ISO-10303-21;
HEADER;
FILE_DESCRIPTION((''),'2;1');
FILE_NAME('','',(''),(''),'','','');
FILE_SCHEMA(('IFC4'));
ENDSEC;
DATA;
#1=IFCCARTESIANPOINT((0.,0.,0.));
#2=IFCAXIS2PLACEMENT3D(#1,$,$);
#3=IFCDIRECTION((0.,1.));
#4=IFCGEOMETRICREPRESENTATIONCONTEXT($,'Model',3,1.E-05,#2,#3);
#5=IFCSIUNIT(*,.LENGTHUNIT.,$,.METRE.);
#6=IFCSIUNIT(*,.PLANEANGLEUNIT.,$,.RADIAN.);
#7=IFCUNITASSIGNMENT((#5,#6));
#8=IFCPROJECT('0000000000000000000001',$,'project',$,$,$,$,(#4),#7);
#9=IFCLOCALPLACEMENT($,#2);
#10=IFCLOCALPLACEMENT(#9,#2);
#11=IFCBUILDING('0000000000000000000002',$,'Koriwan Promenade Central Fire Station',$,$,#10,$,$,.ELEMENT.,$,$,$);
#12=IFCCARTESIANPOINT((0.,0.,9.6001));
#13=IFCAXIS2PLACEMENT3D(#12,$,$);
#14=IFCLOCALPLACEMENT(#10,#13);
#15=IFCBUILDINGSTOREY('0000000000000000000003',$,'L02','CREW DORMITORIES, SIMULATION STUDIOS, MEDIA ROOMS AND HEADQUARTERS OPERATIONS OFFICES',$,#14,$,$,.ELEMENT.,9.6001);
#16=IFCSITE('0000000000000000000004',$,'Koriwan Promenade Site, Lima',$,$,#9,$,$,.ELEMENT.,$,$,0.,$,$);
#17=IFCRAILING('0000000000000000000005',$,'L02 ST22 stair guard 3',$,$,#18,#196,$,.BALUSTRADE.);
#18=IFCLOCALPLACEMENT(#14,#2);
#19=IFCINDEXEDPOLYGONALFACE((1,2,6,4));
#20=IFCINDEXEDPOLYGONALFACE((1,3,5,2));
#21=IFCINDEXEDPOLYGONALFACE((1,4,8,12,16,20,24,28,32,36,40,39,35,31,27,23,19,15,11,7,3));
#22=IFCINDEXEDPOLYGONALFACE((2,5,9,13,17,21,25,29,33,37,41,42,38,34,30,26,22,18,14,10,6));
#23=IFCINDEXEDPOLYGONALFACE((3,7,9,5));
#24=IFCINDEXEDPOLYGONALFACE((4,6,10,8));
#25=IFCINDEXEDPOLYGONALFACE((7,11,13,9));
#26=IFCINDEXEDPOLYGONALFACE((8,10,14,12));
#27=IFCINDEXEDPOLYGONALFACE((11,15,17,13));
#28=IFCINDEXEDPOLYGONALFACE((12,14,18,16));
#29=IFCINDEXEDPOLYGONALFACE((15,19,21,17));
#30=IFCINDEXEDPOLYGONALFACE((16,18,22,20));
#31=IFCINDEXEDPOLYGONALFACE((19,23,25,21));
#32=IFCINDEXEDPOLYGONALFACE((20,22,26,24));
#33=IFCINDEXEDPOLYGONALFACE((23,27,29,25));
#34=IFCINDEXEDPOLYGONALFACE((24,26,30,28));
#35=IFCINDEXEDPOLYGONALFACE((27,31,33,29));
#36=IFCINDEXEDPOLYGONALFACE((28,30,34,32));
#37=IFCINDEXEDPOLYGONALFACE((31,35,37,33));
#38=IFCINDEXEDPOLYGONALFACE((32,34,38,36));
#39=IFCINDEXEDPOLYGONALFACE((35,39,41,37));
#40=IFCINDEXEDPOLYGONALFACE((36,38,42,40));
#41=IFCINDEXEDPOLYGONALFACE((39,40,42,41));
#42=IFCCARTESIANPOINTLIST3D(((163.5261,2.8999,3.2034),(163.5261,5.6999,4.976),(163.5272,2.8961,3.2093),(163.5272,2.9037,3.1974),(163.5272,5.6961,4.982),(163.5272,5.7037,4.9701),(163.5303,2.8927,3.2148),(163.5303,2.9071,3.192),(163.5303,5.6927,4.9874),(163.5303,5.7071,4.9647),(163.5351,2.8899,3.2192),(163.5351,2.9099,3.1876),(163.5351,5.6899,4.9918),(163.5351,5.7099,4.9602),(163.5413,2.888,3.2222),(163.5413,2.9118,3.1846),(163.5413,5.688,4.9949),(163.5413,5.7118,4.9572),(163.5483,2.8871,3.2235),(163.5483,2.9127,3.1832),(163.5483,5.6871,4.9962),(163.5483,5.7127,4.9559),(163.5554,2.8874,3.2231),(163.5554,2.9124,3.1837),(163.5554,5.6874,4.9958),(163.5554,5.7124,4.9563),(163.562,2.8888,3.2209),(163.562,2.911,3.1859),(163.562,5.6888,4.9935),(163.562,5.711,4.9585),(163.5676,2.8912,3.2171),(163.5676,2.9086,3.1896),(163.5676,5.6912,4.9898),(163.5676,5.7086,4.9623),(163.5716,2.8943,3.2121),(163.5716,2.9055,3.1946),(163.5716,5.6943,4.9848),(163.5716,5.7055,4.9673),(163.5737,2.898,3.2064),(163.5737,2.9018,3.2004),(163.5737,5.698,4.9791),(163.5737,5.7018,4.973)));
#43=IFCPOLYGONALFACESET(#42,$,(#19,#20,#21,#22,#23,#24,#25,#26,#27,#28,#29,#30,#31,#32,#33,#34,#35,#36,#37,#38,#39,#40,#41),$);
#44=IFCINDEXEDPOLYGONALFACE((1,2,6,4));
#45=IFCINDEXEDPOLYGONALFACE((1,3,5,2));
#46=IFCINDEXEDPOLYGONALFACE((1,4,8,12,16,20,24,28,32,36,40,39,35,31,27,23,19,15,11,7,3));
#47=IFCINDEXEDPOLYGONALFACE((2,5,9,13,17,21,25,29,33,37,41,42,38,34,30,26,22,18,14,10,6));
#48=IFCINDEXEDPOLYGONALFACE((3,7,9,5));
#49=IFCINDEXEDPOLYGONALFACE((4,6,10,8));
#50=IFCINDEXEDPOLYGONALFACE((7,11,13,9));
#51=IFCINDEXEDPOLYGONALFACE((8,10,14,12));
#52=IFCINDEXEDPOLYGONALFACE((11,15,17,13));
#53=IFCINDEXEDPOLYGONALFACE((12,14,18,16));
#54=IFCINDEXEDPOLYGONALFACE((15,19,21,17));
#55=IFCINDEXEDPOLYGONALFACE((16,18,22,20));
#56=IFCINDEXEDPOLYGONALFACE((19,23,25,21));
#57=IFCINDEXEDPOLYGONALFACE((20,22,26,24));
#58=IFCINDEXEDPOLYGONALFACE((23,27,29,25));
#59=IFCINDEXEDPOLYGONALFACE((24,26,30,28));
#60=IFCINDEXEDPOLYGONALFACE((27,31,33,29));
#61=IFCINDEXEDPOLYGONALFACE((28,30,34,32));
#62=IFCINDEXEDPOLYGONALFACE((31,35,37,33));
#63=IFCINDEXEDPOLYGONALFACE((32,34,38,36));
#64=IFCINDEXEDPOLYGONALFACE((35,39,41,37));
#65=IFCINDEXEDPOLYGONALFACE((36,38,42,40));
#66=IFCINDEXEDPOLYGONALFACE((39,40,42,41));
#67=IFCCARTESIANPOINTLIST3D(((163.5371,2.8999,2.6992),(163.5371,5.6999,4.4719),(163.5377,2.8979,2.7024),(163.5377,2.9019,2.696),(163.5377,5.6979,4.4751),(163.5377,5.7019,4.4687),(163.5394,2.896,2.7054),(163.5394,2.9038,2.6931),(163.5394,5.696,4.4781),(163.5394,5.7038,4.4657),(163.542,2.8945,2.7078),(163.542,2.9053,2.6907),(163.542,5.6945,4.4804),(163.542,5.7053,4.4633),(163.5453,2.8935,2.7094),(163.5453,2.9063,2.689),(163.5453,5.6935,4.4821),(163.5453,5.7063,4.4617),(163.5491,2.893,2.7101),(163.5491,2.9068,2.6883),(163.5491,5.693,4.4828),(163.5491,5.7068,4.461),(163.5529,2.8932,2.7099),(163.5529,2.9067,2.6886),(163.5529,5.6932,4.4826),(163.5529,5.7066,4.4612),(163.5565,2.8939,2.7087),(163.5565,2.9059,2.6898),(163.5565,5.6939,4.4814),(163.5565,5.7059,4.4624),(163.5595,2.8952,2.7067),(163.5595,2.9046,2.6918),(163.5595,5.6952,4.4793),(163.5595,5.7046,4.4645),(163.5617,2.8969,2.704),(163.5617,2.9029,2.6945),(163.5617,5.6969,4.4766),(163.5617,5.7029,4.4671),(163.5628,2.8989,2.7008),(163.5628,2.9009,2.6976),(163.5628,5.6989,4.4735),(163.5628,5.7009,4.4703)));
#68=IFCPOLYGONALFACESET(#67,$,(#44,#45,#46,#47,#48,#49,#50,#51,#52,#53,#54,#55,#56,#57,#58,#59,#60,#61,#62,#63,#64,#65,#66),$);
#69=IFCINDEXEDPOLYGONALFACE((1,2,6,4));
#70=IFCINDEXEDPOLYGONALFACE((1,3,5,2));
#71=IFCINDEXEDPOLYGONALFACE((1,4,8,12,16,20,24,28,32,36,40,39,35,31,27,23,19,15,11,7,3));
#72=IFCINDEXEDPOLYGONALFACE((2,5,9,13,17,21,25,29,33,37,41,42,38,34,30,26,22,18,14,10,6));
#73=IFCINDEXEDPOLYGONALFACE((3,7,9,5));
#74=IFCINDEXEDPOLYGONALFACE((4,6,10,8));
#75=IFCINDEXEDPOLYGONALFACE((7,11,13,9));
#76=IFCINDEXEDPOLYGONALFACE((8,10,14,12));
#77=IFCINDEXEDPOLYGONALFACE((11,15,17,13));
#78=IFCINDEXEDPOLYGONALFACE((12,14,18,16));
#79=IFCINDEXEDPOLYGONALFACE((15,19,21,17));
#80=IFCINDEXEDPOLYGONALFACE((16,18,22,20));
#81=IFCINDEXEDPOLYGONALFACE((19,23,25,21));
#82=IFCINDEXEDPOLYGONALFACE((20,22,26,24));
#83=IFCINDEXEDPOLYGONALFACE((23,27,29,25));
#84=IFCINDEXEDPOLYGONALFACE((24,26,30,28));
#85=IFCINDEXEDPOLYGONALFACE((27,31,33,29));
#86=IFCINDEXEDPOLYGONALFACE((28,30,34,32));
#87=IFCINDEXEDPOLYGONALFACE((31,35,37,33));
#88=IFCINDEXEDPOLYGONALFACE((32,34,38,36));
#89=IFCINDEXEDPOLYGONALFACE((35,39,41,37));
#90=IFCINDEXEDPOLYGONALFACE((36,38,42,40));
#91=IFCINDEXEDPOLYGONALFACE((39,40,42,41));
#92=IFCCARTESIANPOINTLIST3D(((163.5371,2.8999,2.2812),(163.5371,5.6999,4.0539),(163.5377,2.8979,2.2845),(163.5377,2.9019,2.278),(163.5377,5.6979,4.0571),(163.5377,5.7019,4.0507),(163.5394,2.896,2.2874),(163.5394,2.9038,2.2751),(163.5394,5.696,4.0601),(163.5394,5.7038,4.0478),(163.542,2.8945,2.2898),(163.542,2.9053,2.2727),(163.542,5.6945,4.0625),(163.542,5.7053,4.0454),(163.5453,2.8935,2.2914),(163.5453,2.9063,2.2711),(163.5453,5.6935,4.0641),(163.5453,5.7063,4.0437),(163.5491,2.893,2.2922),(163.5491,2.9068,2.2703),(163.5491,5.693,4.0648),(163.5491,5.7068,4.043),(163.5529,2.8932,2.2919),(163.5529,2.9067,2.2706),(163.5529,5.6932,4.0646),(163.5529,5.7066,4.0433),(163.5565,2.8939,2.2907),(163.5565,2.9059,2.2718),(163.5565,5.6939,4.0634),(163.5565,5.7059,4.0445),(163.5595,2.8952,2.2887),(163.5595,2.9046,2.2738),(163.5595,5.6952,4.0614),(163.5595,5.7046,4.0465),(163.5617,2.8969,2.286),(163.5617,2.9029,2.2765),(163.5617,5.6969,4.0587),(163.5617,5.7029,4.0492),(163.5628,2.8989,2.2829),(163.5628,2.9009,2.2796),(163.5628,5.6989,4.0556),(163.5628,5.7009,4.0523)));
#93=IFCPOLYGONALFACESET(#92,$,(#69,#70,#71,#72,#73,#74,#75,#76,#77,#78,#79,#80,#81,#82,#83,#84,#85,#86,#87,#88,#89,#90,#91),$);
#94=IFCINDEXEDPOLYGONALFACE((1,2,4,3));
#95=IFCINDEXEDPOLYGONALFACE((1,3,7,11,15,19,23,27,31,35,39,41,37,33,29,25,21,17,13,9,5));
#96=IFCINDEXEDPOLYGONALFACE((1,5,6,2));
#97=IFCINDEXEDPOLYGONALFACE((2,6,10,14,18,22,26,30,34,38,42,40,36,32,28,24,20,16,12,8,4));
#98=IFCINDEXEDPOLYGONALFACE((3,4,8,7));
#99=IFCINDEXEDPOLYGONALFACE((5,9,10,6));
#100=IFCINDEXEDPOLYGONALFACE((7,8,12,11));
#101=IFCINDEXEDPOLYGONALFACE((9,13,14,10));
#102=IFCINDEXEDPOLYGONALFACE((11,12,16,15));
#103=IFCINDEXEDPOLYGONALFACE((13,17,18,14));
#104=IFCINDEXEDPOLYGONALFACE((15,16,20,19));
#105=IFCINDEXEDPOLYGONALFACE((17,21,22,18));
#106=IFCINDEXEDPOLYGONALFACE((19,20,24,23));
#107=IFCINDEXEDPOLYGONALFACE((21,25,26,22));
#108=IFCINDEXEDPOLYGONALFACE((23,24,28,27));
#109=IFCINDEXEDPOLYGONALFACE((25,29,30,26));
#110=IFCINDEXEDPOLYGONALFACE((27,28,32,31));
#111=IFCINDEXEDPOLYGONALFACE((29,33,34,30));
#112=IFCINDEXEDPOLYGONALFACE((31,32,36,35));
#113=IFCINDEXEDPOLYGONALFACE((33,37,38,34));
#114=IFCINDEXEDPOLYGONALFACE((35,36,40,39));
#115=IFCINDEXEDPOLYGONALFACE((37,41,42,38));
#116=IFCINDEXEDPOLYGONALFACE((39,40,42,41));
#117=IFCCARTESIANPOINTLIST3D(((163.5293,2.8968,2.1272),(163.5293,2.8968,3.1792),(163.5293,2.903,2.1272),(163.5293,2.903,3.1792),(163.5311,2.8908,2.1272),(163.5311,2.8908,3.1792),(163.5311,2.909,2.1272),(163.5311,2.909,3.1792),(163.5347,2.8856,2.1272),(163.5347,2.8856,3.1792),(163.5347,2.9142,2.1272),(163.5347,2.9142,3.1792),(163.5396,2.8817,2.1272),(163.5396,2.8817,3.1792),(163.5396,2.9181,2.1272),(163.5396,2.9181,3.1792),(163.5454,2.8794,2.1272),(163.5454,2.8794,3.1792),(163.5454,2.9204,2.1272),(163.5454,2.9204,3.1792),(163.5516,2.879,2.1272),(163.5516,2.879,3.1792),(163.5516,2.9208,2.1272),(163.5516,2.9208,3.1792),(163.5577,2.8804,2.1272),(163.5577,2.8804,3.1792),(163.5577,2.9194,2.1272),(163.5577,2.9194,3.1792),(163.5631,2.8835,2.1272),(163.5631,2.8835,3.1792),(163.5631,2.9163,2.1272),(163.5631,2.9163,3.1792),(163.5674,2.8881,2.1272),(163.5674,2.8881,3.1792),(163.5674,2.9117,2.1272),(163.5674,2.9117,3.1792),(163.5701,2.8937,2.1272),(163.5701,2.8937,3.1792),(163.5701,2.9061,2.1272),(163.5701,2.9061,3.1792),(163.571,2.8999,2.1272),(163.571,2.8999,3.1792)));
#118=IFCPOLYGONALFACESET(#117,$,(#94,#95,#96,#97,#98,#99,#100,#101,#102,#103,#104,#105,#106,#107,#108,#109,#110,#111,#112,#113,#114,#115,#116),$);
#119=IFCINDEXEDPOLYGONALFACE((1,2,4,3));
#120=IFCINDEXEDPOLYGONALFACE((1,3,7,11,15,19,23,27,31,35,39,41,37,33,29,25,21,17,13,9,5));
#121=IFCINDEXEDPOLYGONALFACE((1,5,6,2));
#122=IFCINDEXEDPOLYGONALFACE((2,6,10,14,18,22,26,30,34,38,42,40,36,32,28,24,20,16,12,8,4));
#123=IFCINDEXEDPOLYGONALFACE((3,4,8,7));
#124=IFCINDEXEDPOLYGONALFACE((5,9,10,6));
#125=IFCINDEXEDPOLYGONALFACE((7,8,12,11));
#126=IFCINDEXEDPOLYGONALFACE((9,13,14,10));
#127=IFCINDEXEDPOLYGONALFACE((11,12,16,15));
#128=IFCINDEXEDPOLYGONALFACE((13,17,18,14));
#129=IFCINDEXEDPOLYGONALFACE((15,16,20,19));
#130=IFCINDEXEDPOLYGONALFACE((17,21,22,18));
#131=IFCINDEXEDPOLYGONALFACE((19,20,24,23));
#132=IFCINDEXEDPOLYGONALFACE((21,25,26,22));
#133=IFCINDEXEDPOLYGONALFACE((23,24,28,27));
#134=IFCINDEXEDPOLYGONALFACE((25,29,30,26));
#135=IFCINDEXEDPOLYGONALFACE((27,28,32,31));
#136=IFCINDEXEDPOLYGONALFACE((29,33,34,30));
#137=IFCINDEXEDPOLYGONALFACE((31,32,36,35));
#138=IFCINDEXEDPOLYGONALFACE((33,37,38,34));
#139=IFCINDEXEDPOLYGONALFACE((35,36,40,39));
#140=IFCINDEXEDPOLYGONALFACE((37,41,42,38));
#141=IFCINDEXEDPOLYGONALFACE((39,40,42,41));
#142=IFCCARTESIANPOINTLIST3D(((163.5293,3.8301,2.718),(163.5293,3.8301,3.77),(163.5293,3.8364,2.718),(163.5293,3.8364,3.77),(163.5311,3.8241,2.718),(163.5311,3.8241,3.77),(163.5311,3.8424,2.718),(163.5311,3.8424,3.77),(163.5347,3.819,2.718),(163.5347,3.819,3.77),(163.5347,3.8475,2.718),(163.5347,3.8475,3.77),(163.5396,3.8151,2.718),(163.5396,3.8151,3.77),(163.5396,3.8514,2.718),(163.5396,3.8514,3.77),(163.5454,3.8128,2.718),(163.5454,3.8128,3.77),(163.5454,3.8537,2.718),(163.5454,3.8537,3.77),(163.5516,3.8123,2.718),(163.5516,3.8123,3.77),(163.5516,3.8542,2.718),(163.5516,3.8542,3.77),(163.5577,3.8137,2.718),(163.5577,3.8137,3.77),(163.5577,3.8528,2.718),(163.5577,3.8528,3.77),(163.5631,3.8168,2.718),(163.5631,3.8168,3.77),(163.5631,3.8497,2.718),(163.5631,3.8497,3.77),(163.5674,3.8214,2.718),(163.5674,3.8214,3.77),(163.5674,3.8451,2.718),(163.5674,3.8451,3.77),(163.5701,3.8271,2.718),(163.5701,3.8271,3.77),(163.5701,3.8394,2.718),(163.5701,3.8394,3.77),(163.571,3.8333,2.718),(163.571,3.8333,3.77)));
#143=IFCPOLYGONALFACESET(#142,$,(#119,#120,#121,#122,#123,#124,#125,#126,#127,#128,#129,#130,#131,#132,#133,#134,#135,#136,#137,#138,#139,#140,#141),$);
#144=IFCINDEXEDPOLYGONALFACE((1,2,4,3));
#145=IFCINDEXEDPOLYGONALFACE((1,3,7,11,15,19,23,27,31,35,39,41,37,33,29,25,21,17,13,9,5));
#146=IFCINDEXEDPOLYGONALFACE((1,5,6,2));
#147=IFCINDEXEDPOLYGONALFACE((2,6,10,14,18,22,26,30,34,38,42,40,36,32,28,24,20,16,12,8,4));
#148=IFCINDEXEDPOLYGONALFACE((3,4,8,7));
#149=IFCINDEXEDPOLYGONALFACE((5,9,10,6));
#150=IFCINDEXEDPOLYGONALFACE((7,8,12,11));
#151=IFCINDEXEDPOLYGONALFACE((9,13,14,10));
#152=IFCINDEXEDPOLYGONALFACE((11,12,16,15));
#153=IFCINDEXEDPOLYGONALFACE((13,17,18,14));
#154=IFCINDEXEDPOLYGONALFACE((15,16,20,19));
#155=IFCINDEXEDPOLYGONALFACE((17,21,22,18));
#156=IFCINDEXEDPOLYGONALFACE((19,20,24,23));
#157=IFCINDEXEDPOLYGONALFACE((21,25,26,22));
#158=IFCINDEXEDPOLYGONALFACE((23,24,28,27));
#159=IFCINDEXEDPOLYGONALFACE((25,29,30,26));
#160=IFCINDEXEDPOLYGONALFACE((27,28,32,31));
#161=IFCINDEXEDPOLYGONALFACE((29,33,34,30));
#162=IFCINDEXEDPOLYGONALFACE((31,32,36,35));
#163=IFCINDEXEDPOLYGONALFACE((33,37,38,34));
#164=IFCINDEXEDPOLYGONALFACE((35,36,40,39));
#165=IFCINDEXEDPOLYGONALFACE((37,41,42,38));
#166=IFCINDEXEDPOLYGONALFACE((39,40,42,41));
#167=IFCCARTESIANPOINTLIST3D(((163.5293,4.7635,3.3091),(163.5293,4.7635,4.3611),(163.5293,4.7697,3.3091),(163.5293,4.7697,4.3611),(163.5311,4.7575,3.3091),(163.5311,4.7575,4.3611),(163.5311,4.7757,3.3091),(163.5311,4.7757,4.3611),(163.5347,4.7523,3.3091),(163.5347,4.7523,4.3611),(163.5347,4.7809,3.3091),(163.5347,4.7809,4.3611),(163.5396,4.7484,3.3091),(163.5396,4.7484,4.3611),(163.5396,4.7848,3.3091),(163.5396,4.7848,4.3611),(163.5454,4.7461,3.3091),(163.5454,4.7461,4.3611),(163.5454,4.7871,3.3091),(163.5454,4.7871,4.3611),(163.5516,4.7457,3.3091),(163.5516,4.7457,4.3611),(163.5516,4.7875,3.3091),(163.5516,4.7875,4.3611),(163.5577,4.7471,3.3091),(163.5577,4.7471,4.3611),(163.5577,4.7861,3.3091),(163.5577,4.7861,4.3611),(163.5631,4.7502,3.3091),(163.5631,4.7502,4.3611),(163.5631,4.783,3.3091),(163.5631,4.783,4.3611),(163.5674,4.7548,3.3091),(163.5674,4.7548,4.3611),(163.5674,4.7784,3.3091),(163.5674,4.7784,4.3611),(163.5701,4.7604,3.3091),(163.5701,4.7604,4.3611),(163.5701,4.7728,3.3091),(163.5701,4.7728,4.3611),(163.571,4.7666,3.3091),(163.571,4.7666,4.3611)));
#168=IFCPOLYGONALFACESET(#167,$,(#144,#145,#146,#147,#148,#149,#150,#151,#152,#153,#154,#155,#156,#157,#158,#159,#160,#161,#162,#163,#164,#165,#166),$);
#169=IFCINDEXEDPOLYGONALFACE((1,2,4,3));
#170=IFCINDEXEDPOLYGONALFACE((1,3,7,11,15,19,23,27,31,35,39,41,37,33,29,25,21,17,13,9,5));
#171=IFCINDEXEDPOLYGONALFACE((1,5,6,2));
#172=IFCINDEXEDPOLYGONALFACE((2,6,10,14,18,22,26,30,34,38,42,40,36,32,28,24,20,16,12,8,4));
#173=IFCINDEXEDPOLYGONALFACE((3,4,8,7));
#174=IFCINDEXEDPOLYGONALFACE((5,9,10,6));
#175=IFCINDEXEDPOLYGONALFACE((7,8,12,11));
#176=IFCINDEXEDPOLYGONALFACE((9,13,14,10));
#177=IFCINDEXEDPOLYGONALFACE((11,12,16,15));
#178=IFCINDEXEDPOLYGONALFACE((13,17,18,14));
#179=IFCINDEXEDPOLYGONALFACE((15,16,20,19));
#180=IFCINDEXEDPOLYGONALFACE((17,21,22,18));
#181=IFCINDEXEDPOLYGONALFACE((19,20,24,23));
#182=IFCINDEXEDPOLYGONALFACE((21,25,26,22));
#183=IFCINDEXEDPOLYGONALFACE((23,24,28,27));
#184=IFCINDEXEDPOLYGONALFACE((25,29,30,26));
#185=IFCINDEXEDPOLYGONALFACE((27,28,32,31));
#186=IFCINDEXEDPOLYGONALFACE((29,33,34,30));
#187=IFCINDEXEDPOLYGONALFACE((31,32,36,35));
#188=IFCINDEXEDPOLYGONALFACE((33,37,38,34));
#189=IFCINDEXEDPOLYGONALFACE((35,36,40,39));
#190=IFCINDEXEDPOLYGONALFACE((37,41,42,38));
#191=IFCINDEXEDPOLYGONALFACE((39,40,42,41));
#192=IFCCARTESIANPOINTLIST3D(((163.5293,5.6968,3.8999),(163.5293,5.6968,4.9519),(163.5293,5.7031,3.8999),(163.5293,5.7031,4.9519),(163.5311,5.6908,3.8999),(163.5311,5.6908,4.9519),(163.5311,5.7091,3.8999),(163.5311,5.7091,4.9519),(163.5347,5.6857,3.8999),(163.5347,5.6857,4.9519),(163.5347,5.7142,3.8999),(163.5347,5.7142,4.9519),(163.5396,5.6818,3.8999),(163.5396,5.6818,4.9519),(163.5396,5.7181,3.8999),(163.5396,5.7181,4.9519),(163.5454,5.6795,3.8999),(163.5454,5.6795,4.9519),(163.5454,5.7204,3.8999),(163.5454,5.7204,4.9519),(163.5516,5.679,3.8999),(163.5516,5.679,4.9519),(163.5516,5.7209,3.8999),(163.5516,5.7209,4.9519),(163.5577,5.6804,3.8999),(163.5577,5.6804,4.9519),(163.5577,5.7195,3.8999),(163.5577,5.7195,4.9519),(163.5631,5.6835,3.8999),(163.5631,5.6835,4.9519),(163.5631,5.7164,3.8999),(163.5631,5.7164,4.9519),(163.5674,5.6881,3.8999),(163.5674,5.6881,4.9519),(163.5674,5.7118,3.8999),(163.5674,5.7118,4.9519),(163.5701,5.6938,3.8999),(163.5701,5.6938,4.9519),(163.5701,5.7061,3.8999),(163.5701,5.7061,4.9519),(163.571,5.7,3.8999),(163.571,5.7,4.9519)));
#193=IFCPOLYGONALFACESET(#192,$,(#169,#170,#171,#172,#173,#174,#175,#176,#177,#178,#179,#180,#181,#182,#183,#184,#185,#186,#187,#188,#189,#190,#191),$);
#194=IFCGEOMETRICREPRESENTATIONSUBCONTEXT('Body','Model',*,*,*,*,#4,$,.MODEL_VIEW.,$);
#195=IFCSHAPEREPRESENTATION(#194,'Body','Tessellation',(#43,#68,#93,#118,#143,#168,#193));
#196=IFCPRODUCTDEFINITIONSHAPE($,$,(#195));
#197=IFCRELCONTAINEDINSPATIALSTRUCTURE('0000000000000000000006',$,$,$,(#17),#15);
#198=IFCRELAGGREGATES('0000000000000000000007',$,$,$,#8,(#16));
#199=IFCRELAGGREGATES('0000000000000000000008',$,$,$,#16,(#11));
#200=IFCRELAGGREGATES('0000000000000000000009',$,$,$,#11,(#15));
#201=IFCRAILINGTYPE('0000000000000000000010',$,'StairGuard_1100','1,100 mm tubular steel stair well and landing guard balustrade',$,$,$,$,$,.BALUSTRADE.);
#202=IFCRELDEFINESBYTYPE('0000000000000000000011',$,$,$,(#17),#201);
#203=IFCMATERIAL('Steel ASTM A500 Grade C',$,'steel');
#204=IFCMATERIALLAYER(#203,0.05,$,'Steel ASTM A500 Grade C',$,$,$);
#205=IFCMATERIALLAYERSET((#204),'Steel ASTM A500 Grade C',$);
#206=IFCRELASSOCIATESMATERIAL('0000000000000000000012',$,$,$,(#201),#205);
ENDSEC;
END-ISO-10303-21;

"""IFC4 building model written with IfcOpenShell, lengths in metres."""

from ifc_helpers import new_model, si_unit, direction, frame, origin, origin_2d, place, context, subcontext, project, spatial, circle, extrude, material, layer, layer_set, type_object, element, save


model = new_model("IFC4")

# Units and contexts
model_context = context("Model", 3, precision=1e-05, world=origin(), true_north=direction((0.0, 1.0)))
body_context = subcontext(model_context, "Body", "Model", "MODEL_VIEW")
ifc_project = project(units=[si_unit("LENGTHUNIT", "METRE"), si_unit("PLANEANGLEUNIT", "RADIAN")], contexts=[model_context])

# Site, building, storey
site_placement = place(None, origin())
site = spatial("IfcSite", under=ifc_project, at=site_placement, Name="Koriwan Promenade Site, Lima", CompositionType="ELEMENT", RefElevation=0.0)
building_placement = place(site_placement, origin())
building = spatial("IfcBuilding", under=site, at=building_placement, Name="Koriwan Promenade Central Fire Station", CompositionType="ELEMENT")
storey_placement = place(building_placement, frame((0.0, 0.0, 9.6001)))
storey = spatial("IfcBuildingStorey", under=building, at=storey_placement, Name="L02", Description="CREW DORMITORIES, SIMULATION STUDIOS, MEDIA ROOMS AND HEADQUARTERS OPERATIONS OFFICES", CompositionType="ELEMENT", Elevation=9.6001)

# Railing
ifc_material_1 = material(Name="Steel ASTM A500 Grade C", Category="steel")
ifc_layer_1 = layer(ifc_material_1, 0.05, Name="Steel ASTM A500 Grade C")
ifc_layer_set_1 = layer_set([ifc_layer_1], Name="Steel ASTM A500 Grade C")
railing_type_1 = type_object("IfcRailingType", Name="StairGuard_1100", Description="1,100 mm tubular steel stair well and landing guard balustrade", PredefinedType="BALUSTRADE", material=ifc_layer_set_1)
railing_1_placement = place(storey_placement, frame((163.55, 2.8999, 2.1272)))
element("IfcRailing", 1, at=railing_1_placement, inside=storey, type_object=railing_type_1, Name="L02 ST22 stair guard 3", PredefinedType="BALUSTRADE", context=body_context, shape_type="SweptSolid", body=[
    extrude(circle(Radius=0.0239, at=origin_2d()), frame((0.0, 0.0, 1.0762), z_axis=(0.0, 0.844909, 0.53491), x_axis=(-1.0, 0.0, 0.0)), (0.0, 0.0, 1.0), 3.314),
    extrude(circle(Radius=0.0129, at=origin_2d()), frame((0.0, 0.0, 0.572), z_axis=(0.0, 0.844909, 0.53491), x_axis=(-1.0, 0.0, 0.0)), (0.0, 0.0, 1.0), 3.314),
    extrude(circle(Radius=0.0129, at=origin_2d()), frame((0.0, 0.0, 0.1541), z_axis=(0.0, 0.844909, 0.53491), x_axis=(-1.0, 0.0, 0.0)), (0.0, 0.0, 1.0), 3.314),
    extrude(circle(Radius=0.021, at=origin_2d()), origin(), (0.0, 0.0, 1.0), 1.052),
    extrude(circle(Radius=0.021, at=origin_2d()), frame((0.0, 0.9333, 0.5908)), (0.0, 0.0, 1.0), 1.052),
    extrude(circle(Radius=0.021, at=origin_2d()), frame((0.0, 1.8667, 1.1819)), (0.0, 0.0, 1.0), 1.052),
    extrude(circle(Radius=0.021, at=origin_2d()), frame((0.0, 2.8, 1.7727)), (0.0, 0.0, 1.0), 1.052),
])

save(model, "model.ifc")
